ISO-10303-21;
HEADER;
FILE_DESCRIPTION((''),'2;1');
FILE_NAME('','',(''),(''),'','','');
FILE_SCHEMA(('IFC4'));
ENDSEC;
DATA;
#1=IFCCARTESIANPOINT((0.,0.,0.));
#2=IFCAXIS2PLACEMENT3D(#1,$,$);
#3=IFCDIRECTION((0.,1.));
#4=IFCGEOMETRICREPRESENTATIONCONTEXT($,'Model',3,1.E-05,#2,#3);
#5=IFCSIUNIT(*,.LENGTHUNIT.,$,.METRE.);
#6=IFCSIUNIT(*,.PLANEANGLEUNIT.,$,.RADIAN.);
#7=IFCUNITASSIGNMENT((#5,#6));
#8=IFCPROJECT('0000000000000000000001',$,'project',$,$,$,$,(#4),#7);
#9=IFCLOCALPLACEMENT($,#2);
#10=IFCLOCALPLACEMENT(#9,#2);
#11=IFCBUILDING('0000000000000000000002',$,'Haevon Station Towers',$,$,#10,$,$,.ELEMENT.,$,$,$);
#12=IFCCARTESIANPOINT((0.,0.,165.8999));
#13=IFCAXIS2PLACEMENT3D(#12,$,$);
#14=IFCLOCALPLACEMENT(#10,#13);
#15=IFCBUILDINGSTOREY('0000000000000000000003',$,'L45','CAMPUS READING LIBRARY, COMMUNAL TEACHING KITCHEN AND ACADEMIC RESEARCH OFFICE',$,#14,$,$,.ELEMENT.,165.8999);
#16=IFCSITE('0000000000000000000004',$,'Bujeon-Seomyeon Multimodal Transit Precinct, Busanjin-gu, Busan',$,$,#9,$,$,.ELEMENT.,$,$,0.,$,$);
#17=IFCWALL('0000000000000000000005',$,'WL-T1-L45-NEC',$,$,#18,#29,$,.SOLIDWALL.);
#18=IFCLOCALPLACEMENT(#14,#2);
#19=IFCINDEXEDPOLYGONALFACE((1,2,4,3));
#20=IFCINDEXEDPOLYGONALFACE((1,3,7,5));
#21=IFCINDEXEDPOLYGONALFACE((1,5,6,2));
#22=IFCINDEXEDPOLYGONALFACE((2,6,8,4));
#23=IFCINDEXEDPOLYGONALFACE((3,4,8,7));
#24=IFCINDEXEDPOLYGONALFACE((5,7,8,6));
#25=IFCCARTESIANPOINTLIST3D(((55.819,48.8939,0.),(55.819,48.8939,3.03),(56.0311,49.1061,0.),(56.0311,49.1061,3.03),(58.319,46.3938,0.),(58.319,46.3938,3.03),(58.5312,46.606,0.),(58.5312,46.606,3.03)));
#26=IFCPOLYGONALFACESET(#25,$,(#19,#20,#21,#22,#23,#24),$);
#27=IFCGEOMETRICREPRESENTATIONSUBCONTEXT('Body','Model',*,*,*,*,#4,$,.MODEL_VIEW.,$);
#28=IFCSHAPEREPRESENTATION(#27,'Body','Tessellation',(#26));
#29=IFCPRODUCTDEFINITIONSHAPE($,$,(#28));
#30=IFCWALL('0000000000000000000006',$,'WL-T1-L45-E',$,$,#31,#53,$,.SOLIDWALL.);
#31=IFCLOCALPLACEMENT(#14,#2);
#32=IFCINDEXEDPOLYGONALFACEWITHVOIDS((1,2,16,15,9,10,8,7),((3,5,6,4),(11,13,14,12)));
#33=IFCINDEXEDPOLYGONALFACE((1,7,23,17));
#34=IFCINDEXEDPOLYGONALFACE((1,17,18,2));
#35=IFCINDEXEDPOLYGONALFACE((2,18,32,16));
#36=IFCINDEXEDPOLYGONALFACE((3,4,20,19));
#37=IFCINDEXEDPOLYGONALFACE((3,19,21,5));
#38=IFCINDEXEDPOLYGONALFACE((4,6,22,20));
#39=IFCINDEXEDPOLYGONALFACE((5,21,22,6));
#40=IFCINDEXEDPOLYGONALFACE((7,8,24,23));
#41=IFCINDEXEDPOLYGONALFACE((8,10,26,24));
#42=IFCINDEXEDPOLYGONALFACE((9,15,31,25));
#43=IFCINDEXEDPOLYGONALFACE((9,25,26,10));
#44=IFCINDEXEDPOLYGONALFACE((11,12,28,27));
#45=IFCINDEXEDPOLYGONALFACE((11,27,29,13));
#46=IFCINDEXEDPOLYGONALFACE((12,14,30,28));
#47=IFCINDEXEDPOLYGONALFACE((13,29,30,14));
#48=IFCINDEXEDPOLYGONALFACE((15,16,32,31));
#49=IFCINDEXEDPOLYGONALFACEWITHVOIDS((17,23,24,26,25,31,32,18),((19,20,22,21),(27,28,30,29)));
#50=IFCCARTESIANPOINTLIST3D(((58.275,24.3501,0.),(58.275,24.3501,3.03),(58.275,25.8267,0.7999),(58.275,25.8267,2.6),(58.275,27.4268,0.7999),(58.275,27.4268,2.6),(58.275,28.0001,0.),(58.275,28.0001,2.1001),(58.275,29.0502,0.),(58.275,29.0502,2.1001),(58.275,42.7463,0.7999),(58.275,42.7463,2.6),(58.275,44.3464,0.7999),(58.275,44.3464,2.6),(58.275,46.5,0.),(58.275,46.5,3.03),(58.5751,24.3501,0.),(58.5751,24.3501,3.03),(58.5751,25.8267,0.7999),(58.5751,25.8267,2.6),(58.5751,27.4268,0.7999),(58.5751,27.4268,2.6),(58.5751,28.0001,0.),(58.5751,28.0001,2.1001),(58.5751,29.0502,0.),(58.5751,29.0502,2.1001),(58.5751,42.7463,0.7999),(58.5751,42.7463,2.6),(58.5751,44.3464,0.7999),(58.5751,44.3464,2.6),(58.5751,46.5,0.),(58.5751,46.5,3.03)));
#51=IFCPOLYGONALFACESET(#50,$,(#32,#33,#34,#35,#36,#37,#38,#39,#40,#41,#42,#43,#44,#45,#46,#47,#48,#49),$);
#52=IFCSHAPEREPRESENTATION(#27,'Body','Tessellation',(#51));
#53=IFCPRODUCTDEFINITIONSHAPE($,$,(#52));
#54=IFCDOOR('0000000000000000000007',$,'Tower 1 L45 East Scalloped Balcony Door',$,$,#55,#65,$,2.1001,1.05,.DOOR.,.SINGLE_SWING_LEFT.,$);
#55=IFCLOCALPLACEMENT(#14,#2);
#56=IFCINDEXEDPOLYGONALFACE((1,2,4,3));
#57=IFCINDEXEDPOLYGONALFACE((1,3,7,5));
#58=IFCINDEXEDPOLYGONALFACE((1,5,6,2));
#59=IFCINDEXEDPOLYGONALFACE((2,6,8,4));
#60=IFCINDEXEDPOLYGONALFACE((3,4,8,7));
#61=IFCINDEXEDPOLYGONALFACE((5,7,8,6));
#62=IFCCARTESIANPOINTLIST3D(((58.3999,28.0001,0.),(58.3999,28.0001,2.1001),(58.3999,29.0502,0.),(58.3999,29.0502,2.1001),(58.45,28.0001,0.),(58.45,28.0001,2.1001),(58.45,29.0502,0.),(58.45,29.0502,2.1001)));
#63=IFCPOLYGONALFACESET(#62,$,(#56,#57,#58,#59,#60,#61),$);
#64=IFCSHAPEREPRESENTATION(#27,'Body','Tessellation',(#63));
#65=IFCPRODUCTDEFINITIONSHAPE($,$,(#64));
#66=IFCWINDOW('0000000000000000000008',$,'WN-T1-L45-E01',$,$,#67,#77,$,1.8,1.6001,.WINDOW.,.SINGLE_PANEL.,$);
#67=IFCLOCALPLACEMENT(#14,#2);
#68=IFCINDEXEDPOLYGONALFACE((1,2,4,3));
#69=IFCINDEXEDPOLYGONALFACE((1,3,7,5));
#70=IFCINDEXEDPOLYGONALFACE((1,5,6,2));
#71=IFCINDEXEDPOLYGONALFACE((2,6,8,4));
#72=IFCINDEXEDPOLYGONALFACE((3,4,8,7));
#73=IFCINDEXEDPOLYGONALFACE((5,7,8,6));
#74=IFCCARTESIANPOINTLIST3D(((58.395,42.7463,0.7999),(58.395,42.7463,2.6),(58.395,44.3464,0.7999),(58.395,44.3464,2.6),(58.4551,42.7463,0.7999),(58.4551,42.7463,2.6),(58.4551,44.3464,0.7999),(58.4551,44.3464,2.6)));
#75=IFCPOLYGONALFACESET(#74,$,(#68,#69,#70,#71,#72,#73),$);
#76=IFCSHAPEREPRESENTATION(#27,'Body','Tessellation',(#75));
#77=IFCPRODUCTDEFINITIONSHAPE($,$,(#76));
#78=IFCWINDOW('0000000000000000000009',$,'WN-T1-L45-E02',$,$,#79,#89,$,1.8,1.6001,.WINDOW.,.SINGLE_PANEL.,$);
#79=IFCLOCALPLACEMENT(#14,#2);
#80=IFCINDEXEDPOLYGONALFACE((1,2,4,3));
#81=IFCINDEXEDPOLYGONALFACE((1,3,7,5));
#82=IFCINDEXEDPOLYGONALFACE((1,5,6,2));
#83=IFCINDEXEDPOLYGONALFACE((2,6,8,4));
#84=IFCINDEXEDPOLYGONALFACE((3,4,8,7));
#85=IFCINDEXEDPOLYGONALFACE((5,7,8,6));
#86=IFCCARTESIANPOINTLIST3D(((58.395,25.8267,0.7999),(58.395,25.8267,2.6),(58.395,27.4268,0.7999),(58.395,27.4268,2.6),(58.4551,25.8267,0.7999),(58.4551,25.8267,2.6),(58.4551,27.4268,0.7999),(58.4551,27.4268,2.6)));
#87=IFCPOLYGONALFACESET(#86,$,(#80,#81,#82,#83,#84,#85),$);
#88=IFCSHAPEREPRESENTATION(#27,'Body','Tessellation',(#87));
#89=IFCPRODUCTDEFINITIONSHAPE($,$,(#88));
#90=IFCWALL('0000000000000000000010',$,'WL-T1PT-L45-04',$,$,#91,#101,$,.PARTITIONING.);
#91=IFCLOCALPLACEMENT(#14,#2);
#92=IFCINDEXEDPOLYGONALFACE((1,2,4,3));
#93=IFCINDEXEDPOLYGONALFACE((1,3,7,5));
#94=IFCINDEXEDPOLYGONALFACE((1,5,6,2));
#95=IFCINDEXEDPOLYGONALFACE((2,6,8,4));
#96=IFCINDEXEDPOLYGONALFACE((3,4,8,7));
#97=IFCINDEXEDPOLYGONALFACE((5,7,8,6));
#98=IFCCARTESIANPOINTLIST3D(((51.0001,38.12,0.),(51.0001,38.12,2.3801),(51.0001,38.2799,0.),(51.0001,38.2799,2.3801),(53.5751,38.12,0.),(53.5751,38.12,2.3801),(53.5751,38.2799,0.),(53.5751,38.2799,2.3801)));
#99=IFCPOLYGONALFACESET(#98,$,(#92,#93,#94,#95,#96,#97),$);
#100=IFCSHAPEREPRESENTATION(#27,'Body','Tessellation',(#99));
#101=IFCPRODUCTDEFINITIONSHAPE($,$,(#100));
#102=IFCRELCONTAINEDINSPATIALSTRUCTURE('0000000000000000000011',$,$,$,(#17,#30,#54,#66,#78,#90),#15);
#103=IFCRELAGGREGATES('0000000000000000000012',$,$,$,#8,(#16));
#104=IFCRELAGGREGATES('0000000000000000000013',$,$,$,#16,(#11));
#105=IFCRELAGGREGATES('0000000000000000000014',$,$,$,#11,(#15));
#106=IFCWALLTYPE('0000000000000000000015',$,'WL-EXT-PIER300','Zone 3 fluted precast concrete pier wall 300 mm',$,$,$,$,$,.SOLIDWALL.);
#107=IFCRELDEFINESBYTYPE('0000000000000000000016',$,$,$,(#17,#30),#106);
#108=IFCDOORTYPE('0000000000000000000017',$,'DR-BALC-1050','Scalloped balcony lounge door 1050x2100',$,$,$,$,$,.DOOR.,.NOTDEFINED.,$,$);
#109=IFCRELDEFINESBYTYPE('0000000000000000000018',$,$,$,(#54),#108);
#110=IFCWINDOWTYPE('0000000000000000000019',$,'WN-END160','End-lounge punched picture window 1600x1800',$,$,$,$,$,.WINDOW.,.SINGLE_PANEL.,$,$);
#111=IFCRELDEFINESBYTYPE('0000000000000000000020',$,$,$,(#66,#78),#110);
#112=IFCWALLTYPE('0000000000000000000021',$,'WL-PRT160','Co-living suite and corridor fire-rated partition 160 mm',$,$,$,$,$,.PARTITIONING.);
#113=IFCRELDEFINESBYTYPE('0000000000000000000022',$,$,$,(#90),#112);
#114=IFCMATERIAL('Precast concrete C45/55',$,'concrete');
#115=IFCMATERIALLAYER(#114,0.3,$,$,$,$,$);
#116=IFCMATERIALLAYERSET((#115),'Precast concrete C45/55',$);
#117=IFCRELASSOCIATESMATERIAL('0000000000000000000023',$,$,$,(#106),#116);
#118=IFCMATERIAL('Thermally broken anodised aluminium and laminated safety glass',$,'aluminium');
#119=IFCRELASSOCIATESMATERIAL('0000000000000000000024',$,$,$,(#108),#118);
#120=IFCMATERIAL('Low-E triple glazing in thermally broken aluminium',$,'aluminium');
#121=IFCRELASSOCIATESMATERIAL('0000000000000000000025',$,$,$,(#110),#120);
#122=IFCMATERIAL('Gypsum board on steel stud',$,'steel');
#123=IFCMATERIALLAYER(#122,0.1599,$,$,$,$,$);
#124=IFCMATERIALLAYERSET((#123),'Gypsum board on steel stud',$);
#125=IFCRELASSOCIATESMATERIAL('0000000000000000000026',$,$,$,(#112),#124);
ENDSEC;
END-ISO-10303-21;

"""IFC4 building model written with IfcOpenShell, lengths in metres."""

from ifc_helpers import new_model, si_unit, direction, frame, frame_2d, origin, place, context, subcontext, project, spatial, rectangle, extrude, material, layer, layer_set, type_object, element, fill, save


model = new_model("IFC4")

# Units and contexts
model_context = context("Model", 3, precision=1e-05, world=origin(), true_north=direction((0.0, 1.0)))
body_context = subcontext(model_context, "Body", "Model", "MODEL_VIEW")
ifc_project = project(units=[si_unit("LENGTHUNIT", "METRE"), si_unit("PLANEANGLEUNIT", "RADIAN")], contexts=[model_context])

# Site, building, storey
site_placement = place(None, origin())
site = spatial("IfcSite", under=ifc_project, at=site_placement, Name="Bujeon-Seomyeon Multimodal Transit Precinct, Busanjin-gu, Busan", CompositionType="ELEMENT", RefElevation=0.0)
building_placement = place(site_placement, origin())
building = spatial("IfcBuilding", under=site, at=building_placement, Name="Haevon Station Towers", CompositionType="ELEMENT")
storey_placement = place(building_placement, frame((0.0, 0.0, 165.8999)))
storey = spatial("IfcBuildingStorey", under=building, at=storey_placement, Name="L45", Description="CAMPUS READING LIBRARY, COMMUNAL TEACHING KITCHEN AND ACADEMIC RESEARCH OFFICE", CompositionType="ELEMENT", Elevation=165.8999)

# Wall
ifc_material_1 = material(Name="Precast concrete C45/55", Category="concrete")
ifc_layer_1 = layer(ifc_material_1, 0.3)
ifc_layer_set_1 = layer_set([ifc_layer_1], Name="Precast concrete C45/55")
wall_type_1 = type_object("IfcWallType", Name="WL-EXT-PIER300", Description="Zone 3 fluted precast concrete pier wall 300 mm", PredefinedType="SOLIDWALL", material=ifc_layer_set_1)
wall_1_placement = place(storey_placement, frame((55.925, 49.0, 0.0), z_axis=(0.0, 0.0, 1.0), x_axis=(0.707107, -0.707107, 0.0)))
element("IfcWall", 1, at=wall_1_placement, inside=storey, type_object=wall_type_1, Name="WL-T1-L45-NEC", PredefinedType="SOLIDWALL", context=body_context, shape_type="SweptSolid", body=[
    extrude(rectangle(XDim=3.5356, YDim=0.3, at=frame_2d((1.7678, 0.0))), origin(), (0.0, 0.0, 1.0), 3.03),
])

# Wall, openings, door, windows
wall_2_placement = place(storey_placement, frame((58.425, 46.5, 0.0), z_axis=(0.0, 0.0, 1.0), x_axis=(0.0, -1.0, 0.0)))
wall_2 = element("IfcWall", 2, at=wall_2_placement, inside=storey, type_object=wall_type_1, Name="WL-T1-L45-E", PredefinedType="SOLIDWALL", context=body_context, shape_type="SweptSolid", body=[
    extrude(rectangle(XDim=22.1499, YDim=0.3, at=frame_2d((11.075, 0.0))), origin(), (0.0, 0.0, 1.0), 3.03),
])
opening_1_placement = place(wall_2_placement, frame((17.45, 0.0, 0.0)))
opening_1 = element("IfcOpeningElement", 3, at=opening_1_placement, cuts=wall_2, PredefinedType="OPENING", context=body_context, shape_type="SweptSolid", body=[
    extrude(rectangle(XDim=1.05, YDim=2.1001, at=frame_2d((0.5249, 1.05))), frame((0.0, 0.1599, 0.0), z_axis=(0.0, -1.0, 0.0), x_axis=(1.0, 0.0, 0.0)), (0.0, 0.0, 1.0), 0.3201),
])
opening_2_placement = place(wall_2_placement, frame((2.1536, 0.0, 0.8)))
opening_2 = element("IfcOpeningElement", 4, at=opening_2_placement, cuts=wall_2, PredefinedType="OPENING", context=body_context, shape_type="SweptSolid", body=[
    extrude(rectangle(XDim=1.6001, YDim=1.8, at=frame_2d((0.8, 0.8999))), frame((0.0, 0.1599, 0.0), z_axis=(0.0, -1.0, 0.0), x_axis=(1.0, 0.0, 0.0)), (0.0, 0.0, 1.0), 0.3201),
])
opening_3_placement = place(wall_2_placement, frame((19.0732, 0.0, 0.8)))
opening_3 = element("IfcOpeningElement", 5, at=opening_3_placement, cuts=wall_2, PredefinedType="OPENING", context=body_context, shape_type="SweptSolid", body=[
    extrude(rectangle(XDim=1.6001, YDim=1.8, at=frame_2d((0.8, 0.8999))), frame((0.0, 0.1599, 0.0), z_axis=(0.0, -1.0, 0.0), x_axis=(1.0, 0.0, 0.0)), (0.0, 0.0, 1.0), 0.3201),
])
ifc_material_2 = material(Name="Thermally broken anodised aluminium and laminated safety glass", Category="aluminium")
door_type = type_object("IfcDoorType", Name="DR-BALC-1050", Description="Scalloped balcony lounge door 1050x2100", OperationType="NOTDEFINED", PredefinedType="DOOR", material=ifc_material_2)
door_placement = place(opening_1_placement, origin())
door = element("IfcDoor", 6, at=door_placement, inside=storey, type_object=door_type, Name="Tower 1 L45 East Scalloped Balcony Door", OperationType="SINGLE_SWING_LEFT", OverallHeight=2.1001, OverallWidth=1.05, PredefinedType="DOOR", context=body_context, shape_type="SweptSolid", body=[
    extrude(rectangle(XDim=1.05, YDim=2.1001, at=frame_2d((0.5249, 1.05))), frame((0.0, 0.0249, 0.0), z_axis=(0.0, -1.0, 0.0), x_axis=(1.0, 0.0, 0.0)), (0.0, 0.0, 1.0), 0.05),
])
fill(opening_1, door)
ifc_material_3 = material(Name="Low-E triple glazing in thermally broken aluminium", Category="aluminium")
window_type = type_object("IfcWindowType", Name="WN-END160", Description="End-lounge punched picture window 1600x1800", PartitioningType="SINGLE_PANEL", PredefinedType="WINDOW", material=ifc_material_3)
window_1_placement = place(opening_2_placement, origin())
window_1 = element("IfcWindow", 7, at=window_1_placement, inside=storey, type_object=window_type, Name="WN-T1-L45-E01", OverallHeight=1.8, OverallWidth=1.6001, PartitioningType="SINGLE_PANEL", PredefinedType="WINDOW", context=body_context, shape_type="SweptSolid", body=[
    extrude(rectangle(XDim=1.6001, YDim=1.8, at=frame_2d((0.8, 0.8999))), frame((0.0, 0.03, 0.0), z_axis=(0.0, -1.0, 0.0), x_axis=(1.0, 0.0, 0.0)), (0.0, 0.0, 1.0), 0.0601),
])
fill(opening_2, window_1)
window_2_placement = place(opening_3_placement, origin())
window_2 = element("IfcWindow", 8, at=window_2_placement, inside=storey, type_object=window_type, Name="WN-T1-L45-E02", OverallHeight=1.8, OverallWidth=1.6001, PartitioningType="SINGLE_PANEL", PredefinedType="WINDOW", context=body_context, shape_type="SweptSolid", body=[
    extrude(rectangle(XDim=1.6001, YDim=1.8, at=frame_2d((0.8, 0.8999))), frame((0.0, 0.03, 0.0), z_axis=(0.0, -1.0, 0.0), x_axis=(1.0, 0.0, 0.0)), (0.0, 0.0, 1.0), 0.0601),
])
fill(opening_3, window_2)

# Wall
ifc_material_4 = material(Name="Gypsum board on steel stud", Category="steel")
ifc_layer_2 = layer(ifc_material_4, 0.1599)
ifc_layer_set_2 = layer_set([ifc_layer_2], Name="Gypsum board on steel stud")
wall_type_2 = type_object("IfcWallType", Name="WL-PRT160", Description="Co-living suite and corridor fire-rated partition 160 mm", PredefinedType="PARTITIONING", material=ifc_layer_set_2)
wall_3_placement = place(storey_placement, frame((51.0, 38.2, 0.0), z_axis=(0.0, 0.0, 1.0), x_axis=(1.0, 0.0, 0.0)))
element("IfcWall", 9, at=wall_3_placement, inside=storey, type_object=wall_type_2, Name="WL-T1PT-L45-04", PredefinedType="PARTITIONING", context=body_context, shape_type="SweptSolid", body=[
    extrude(rectangle(XDim=2.575, YDim=0.1599, at=frame_2d((1.2876, 0.0))), origin(), (0.0, 0.0, 1.0), 2.3801),
])

save(model, "model.ifc")
